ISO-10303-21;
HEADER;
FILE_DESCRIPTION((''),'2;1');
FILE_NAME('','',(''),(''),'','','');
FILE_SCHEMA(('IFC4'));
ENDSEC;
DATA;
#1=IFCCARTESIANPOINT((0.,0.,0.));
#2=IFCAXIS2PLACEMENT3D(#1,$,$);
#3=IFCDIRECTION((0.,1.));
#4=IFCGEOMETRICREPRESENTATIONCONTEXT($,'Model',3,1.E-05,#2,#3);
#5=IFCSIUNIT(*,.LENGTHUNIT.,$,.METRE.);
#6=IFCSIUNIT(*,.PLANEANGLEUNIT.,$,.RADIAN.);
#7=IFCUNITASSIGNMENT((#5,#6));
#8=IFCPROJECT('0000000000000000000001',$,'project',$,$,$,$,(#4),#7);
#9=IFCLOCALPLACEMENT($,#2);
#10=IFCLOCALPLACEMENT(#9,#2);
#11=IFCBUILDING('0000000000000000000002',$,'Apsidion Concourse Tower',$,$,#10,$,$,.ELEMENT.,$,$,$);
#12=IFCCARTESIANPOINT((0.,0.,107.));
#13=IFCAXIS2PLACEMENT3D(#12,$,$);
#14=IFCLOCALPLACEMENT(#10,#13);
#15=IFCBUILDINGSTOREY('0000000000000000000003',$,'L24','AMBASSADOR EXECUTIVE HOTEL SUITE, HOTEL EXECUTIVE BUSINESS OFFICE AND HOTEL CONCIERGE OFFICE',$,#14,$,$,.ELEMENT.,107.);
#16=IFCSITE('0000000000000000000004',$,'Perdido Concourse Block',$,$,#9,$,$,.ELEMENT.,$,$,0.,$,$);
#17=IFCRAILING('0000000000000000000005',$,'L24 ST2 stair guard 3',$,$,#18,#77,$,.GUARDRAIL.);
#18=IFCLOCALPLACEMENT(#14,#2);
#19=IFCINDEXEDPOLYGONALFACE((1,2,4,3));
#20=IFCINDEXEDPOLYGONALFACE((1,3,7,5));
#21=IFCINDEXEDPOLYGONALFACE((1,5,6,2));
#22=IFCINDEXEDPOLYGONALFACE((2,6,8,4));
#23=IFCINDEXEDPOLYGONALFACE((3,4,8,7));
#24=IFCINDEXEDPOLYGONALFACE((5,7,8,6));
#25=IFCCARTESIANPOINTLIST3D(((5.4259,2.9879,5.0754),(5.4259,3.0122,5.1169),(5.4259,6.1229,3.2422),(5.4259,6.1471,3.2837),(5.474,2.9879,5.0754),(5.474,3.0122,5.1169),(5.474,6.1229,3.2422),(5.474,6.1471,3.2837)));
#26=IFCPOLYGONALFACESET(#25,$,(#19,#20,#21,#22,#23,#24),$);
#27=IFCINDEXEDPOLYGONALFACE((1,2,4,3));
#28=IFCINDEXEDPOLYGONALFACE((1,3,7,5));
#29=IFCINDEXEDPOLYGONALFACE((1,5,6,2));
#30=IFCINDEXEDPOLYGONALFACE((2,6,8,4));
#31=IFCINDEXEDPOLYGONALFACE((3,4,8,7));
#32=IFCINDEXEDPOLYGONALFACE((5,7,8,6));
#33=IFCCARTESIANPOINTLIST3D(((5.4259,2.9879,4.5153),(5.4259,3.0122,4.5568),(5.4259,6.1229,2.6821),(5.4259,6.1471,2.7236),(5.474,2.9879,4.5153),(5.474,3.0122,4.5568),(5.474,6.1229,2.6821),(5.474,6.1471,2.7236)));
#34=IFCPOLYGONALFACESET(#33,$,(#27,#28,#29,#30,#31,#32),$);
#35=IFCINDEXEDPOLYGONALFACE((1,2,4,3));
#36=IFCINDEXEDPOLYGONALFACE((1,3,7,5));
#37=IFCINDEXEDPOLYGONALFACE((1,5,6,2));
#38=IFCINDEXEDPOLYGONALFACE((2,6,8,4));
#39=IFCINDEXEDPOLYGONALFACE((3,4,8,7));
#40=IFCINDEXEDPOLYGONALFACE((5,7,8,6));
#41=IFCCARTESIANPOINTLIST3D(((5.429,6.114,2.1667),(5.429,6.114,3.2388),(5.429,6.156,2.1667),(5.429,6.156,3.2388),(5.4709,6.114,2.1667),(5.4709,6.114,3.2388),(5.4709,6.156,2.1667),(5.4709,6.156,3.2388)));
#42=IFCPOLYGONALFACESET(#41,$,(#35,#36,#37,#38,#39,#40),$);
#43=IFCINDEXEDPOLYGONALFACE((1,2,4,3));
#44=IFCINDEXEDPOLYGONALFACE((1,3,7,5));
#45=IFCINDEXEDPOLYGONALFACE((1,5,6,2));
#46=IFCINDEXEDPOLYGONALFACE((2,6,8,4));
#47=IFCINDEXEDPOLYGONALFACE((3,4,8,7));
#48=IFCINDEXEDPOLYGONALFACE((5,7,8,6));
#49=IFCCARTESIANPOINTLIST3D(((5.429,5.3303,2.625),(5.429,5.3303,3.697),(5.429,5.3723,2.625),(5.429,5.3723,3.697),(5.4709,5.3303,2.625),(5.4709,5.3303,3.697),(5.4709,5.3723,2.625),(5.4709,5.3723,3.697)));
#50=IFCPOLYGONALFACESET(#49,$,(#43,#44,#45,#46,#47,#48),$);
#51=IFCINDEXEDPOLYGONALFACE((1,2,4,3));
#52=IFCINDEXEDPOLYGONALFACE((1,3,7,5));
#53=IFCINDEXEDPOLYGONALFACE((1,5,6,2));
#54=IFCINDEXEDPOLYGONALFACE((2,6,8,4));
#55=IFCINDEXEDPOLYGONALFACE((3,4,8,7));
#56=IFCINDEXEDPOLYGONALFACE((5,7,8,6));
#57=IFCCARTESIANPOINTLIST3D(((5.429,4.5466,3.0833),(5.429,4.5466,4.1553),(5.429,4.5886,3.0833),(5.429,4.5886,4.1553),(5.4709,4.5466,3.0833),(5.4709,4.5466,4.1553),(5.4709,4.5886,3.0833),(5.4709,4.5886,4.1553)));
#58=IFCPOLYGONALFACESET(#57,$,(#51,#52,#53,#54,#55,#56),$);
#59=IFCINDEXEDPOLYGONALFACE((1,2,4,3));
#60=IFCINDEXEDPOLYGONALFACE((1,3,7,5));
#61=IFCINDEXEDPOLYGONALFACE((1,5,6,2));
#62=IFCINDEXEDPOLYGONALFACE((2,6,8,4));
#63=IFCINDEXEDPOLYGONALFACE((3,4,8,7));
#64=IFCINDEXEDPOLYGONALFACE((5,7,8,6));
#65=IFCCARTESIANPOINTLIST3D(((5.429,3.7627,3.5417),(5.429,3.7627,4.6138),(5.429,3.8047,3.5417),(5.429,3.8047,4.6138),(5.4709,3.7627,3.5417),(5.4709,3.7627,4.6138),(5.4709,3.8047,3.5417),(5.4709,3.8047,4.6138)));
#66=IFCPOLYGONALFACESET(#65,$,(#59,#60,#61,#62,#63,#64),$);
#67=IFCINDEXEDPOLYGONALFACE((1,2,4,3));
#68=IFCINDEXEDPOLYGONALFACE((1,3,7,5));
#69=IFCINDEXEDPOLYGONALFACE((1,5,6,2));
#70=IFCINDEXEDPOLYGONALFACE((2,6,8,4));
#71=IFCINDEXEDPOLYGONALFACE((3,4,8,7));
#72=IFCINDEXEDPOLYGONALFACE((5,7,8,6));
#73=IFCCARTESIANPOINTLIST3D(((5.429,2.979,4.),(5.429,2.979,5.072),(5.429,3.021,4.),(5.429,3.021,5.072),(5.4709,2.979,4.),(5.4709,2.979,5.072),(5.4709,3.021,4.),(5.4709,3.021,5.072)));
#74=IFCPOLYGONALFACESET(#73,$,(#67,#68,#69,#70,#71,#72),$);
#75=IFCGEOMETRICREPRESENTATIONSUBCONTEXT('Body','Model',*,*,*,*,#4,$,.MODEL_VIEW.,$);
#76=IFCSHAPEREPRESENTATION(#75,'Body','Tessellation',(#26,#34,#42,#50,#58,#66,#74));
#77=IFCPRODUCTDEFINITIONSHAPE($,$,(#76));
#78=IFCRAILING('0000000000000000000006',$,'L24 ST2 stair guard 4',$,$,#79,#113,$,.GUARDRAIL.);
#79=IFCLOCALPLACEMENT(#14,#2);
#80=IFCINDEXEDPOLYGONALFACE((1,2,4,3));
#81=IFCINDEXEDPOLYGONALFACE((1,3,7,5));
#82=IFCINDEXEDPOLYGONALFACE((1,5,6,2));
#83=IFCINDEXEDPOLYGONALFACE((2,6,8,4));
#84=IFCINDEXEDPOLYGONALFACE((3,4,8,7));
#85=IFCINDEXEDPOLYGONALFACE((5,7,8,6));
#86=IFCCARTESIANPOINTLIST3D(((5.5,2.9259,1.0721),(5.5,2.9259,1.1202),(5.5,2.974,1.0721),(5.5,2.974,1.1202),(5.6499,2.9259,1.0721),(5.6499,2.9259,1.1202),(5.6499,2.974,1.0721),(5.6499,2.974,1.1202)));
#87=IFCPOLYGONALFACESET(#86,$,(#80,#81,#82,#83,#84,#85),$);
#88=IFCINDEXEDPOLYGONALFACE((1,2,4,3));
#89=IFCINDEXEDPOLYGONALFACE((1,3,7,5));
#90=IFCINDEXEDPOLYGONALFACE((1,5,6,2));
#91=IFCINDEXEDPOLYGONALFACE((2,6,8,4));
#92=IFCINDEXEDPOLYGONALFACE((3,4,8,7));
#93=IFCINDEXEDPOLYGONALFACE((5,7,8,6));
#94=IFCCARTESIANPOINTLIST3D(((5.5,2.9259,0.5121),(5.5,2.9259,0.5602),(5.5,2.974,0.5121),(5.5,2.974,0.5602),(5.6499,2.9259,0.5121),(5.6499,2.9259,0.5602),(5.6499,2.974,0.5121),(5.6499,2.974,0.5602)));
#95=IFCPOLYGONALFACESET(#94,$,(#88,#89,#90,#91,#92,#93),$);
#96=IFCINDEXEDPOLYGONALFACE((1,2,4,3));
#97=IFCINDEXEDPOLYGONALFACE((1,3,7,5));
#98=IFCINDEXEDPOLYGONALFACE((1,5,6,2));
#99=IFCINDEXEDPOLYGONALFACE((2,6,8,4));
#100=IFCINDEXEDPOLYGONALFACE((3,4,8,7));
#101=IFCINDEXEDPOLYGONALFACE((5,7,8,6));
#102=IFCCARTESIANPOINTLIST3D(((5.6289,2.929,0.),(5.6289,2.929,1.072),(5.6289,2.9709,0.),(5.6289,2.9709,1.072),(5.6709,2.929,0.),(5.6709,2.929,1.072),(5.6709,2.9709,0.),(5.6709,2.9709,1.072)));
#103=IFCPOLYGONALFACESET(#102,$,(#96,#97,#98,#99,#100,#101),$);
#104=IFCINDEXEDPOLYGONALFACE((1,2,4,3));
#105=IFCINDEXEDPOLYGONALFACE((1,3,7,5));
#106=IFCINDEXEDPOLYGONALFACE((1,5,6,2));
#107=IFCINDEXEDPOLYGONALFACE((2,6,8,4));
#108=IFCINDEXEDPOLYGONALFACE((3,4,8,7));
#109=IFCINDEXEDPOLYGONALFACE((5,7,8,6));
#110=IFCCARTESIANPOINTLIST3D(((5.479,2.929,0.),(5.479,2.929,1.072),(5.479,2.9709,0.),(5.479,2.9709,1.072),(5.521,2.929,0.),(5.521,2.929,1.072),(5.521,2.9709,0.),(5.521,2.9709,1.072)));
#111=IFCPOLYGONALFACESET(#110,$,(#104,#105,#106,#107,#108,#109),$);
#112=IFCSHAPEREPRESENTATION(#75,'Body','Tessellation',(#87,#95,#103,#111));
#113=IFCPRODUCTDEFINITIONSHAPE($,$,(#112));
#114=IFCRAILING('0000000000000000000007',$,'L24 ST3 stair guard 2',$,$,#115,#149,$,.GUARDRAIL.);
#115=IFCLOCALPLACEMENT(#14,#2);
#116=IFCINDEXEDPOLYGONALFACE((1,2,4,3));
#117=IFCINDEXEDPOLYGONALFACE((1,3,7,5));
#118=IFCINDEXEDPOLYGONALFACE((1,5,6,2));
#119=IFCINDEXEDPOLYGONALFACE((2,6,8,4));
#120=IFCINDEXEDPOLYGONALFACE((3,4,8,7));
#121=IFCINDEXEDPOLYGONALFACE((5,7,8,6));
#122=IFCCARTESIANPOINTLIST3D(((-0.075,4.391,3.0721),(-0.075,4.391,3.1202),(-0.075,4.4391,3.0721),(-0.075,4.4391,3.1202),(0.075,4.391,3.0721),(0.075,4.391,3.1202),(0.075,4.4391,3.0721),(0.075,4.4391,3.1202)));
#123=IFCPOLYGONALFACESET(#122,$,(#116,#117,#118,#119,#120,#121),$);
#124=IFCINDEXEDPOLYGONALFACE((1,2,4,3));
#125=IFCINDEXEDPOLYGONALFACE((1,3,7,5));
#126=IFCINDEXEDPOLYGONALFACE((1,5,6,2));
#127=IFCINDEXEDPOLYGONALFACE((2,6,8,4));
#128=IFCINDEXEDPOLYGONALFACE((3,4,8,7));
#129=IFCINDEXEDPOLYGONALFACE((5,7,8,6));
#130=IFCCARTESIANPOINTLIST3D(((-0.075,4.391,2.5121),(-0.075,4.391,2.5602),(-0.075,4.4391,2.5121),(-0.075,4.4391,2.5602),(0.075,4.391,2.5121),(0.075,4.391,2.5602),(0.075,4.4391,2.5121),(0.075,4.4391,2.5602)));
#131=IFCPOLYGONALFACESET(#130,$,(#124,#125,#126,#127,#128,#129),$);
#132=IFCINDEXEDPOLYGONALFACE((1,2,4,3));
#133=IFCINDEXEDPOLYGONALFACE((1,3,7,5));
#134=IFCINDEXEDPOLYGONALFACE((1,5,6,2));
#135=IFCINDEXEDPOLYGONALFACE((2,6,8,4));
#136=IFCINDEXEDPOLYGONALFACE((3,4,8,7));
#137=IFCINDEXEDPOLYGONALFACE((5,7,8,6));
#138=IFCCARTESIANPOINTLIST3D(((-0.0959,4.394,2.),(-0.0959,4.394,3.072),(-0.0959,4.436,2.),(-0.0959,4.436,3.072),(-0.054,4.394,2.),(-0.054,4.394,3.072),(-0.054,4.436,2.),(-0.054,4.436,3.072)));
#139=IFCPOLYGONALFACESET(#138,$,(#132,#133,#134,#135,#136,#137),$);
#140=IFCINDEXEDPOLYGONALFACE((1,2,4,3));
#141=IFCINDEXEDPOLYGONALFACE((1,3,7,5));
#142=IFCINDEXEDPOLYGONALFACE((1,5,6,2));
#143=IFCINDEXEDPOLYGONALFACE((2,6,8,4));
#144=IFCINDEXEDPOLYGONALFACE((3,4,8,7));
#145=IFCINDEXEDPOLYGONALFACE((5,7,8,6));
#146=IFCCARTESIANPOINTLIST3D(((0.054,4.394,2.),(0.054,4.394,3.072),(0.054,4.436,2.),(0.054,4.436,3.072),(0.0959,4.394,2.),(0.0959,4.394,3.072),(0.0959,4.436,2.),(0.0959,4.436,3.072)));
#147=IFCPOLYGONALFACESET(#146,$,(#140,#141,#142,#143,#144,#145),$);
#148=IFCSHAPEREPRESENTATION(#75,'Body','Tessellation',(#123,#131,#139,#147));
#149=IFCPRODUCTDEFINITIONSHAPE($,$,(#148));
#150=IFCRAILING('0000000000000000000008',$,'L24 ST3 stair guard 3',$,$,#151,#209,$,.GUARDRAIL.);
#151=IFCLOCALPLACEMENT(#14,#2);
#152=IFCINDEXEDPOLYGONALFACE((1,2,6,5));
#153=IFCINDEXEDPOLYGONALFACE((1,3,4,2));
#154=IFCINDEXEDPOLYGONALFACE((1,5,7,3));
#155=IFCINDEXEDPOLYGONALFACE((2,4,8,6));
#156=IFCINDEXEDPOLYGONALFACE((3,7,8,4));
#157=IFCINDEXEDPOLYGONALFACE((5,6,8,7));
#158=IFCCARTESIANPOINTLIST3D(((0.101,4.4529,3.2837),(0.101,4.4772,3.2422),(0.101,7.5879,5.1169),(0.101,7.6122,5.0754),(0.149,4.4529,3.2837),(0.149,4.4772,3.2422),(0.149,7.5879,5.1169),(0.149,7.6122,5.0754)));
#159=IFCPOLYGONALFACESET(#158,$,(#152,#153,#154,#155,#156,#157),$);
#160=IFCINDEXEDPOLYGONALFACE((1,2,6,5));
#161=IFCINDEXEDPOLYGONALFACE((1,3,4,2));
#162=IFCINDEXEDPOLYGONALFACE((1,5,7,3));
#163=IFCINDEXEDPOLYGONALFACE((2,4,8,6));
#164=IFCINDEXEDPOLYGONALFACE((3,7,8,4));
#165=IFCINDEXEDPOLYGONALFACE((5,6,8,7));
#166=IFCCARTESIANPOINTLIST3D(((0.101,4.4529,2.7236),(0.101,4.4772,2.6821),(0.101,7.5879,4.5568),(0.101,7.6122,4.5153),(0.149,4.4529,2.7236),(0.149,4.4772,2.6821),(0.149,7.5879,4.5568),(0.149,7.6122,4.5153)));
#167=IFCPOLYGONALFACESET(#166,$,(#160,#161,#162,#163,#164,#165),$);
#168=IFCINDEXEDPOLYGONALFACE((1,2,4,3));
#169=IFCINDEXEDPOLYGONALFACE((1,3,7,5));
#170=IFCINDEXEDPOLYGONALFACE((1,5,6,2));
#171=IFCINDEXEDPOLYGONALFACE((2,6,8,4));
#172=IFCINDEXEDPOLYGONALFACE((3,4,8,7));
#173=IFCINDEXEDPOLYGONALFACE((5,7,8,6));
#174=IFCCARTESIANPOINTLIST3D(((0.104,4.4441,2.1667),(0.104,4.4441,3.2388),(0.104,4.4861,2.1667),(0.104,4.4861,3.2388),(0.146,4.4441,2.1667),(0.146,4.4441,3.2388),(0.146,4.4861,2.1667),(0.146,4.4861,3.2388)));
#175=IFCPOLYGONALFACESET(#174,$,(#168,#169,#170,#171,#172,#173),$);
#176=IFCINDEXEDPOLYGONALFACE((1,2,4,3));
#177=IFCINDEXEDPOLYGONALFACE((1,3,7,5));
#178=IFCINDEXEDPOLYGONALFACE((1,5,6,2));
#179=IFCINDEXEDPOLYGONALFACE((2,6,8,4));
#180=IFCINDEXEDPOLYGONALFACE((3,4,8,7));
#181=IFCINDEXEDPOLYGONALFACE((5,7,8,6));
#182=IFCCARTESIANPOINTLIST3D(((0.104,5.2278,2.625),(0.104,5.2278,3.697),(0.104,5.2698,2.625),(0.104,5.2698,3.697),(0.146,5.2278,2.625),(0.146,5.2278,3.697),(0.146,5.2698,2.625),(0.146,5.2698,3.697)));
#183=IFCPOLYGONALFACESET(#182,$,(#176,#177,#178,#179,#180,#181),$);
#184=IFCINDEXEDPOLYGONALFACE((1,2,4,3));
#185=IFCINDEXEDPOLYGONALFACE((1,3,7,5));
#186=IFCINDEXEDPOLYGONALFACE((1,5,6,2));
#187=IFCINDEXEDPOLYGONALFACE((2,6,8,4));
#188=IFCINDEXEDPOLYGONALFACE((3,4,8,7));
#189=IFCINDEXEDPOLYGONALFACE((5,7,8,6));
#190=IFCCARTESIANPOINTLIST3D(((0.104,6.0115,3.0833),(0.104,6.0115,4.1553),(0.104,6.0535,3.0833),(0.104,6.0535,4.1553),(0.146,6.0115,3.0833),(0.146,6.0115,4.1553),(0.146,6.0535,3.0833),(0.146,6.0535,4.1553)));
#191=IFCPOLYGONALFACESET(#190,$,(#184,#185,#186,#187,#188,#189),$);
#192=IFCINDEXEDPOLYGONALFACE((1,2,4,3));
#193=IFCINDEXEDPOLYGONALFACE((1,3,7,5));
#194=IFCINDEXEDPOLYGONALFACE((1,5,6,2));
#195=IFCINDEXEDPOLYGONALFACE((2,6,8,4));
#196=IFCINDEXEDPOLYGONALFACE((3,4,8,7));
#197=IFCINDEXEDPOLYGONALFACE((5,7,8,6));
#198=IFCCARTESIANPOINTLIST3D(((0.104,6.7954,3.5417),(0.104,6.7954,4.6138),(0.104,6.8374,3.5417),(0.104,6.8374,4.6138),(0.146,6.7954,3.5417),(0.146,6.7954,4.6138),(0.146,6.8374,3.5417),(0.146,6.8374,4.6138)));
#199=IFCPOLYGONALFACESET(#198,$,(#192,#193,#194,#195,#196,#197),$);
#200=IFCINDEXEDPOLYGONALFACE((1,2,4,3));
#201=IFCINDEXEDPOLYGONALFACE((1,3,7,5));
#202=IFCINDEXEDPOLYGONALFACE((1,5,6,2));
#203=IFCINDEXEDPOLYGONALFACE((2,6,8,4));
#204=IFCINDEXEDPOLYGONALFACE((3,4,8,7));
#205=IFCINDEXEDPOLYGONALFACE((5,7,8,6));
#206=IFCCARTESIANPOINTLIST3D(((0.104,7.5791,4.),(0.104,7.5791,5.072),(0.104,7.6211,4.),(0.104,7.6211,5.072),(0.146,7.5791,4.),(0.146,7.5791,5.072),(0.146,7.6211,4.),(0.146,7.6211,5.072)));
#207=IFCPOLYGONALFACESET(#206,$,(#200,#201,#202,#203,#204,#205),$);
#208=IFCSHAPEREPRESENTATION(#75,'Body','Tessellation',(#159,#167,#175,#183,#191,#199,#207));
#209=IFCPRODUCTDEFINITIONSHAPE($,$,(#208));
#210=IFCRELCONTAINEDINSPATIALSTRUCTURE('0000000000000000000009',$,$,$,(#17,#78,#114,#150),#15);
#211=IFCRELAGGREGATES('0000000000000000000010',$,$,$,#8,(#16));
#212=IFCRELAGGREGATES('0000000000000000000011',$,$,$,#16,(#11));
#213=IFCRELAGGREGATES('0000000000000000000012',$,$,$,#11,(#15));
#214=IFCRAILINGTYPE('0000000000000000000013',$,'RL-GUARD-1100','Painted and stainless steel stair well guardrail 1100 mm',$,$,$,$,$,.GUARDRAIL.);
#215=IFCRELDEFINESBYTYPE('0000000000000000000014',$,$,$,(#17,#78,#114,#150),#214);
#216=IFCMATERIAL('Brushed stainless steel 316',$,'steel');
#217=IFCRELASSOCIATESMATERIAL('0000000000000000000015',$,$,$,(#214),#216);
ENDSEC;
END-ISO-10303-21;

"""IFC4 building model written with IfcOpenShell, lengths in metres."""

from ifc_helpers import new_model, si_unit, direction, frame, origin, origin_2d, place, context, subcontext, project, spatial, rectangle, extrude, material, type_object, element, save


model = new_model("IFC4")

# Units and contexts
model_context = context("Model", 3, precision=1e-05, world=origin(), true_north=direction((0.0, 1.0)))
body_context = subcontext(model_context, "Body", "Model", "MODEL_VIEW")
ifc_project = project(units=[si_unit("LENGTHUNIT", "METRE"), si_unit("PLANEANGLEUNIT", "RADIAN")], contexts=[model_context])

# Site, building, storey
site_placement = place(None, origin())
site = spatial("IfcSite", under=ifc_project, at=site_placement, Name="Perdido Concourse Block", CompositionType="ELEMENT", RefElevation=0.0)
building_placement = place(site_placement, origin())
building = spatial("IfcBuilding", under=site, at=building_placement, Name="Apsidion Concourse Tower", CompositionType="ELEMENT")
storey_placement = place(building_placement, frame((0.0, 0.0, 107.0)))
storey = spatial("IfcBuildingStorey", under=building, at=storey_placement, Name="L24", Description="AMBASSADOR EXECUTIVE HOTEL SUITE, HOTEL EXECUTIVE BUSINESS OFFICE AND HOTEL CONCIERGE OFFICE", CompositionType="ELEMENT", Elevation=107.0)

# Railings
ifc_material_1 = material(Name="Brushed stainless steel 316", Category="steel")
railing_type_1 = type_object("IfcRailingType", Name="RL-GUARD-1100", Description="Painted and stainless steel stair well guardrail 1100 mm", PredefinedType="GUARDRAIL", material=ifc_material_1)
railing_1_placement = place(storey_placement, frame((5.45, 6.135, 2.1667)))
element("IfcRailing", 1, at=railing_1_placement, inside=storey, type_object=railing_type_1, Name="L24 ST2 stair guard 3", PredefinedType="GUARDRAIL", context=body_context, shape_type="SweptSolid", body=[
    extrude(rectangle(XDim=0.0481, YDim=0.0481, at=origin_2d()), frame((0.0, 0.0, 1.0962), z_axis=(0.0, -0.86324, 0.504794), x_axis=(1.0, 0.0, 0.0)), (0.0, 0.0, 1.0), 3.6316),
    extrude(rectangle(XDim=0.0481, YDim=0.0481, at=origin_2d()), frame((0.0, 0.0, 0.5361), z_axis=(0.0, -0.86324, 0.504794), x_axis=(1.0, 0.0, 0.0)), (0.0, 0.0, 1.0), 3.6316),
    extrude(rectangle(XDim=0.042, YDim=0.042, at=origin_2d()), origin(), (0.0, 0.0, 1.0), 1.072),
    extrude(rectangle(XDim=0.042, YDim=0.042, at=origin_2d()), frame((0.0, -0.7837, 0.4583)), (0.0, 0.0, 1.0), 1.072),
    extrude(rectangle(XDim=0.042, YDim=0.042, at=origin_2d()), frame((0.0, -1.5674, 0.9165)), (0.0, 0.0, 1.0), 1.072),
    extrude(rectangle(XDim=0.042, YDim=0.042, at=origin_2d()), frame((0.0, -2.3513, 1.375)), (0.0, 0.0, 1.0), 1.072),
    extrude(rectangle(XDim=0.042, YDim=0.042, at=origin_2d()), frame((0.0, -3.135, 1.8333)), (0.0, 0.0, 1.0), 1.072),
])
railing_2_placement = place(storey_placement, frame((5.6499, 2.95, 0.0)))
element("IfcRailing", 2, at=railing_2_placement, inside=storey, type_object=railing_type_1, Name="L24 ST2 stair guard 4", PredefinedType="GUARDRAIL", context=body_context, shape_type="SweptSolid", body=[
    extrude(rectangle(XDim=0.0481, YDim=0.0481, at=origin_2d()), frame((0.0, 0.0, 1.0962), z_axis=(-1.0, 0.0, 0.0), x_axis=(0.0, -1.0, 0.0)), (0.0, 0.0, 1.0), 0.1499),
    extrude(rectangle(XDim=0.0481, YDim=0.0481, at=origin_2d()), frame((0.0, 0.0, 0.5361), z_axis=(-1.0, 0.0, 0.0), x_axis=(0.0, -1.0, 0.0)), (0.0, 0.0, 1.0), 0.1499),
    extrude(rectangle(XDim=0.042, YDim=0.042, at=origin_2d()), origin(), (0.0, 0.0, 1.0), 1.072),
    extrude(rectangle(XDim=0.042, YDim=0.042, at=origin_2d()), frame((-0.1499, 0.0, 0.0)), (0.0, 0.0, 1.0), 1.072),
])
railing_3_placement = place(storey_placement, frame((-0.075, 4.415, 2.0)))
element("IfcRailing", 3, at=railing_3_placement, inside=storey, type_object=railing_type_1, Name="L24 ST3 stair guard 2", PredefinedType="GUARDRAIL", context=body_context, shape_type="SweptSolid", body=[
    extrude(rectangle(XDim=0.0481, YDim=0.0481, at=origin_2d()), frame((0.0, 0.0, 1.0962), z_axis=(1.0, 0.0, 0.0), x_axis=(0.0, 1.0, 0.0)), (0.0, 0.0, 1.0), 0.1499),
    extrude(rectangle(XDim=0.0481, YDim=0.0481, at=origin_2d()), frame((0.0, 0.0, 0.5361), z_axis=(1.0, 0.0, 0.0), x_axis=(0.0, 1.0, 0.0)), (0.0, 0.0, 1.0), 0.1499),
    extrude(rectangle(XDim=0.042, YDim=0.042, at=origin_2d()), origin(), (0.0, 0.0, 1.0), 1.072),
    extrude(rectangle(XDim=0.042, YDim=0.042, at=origin_2d()), frame((0.1499, 0.0, 0.0)), (0.0, 0.0, 1.0), 1.072),
])
railing_4_placement = place(storey_placement, frame((0.125, 4.4651, 2.1667)))
element("IfcRailing", 4, at=railing_4_placement, inside=storey, type_object=railing_type_1, Name="L24 ST3 stair guard 3", PredefinedType="GUARDRAIL", context=body_context, shape_type="SweptSolid", body=[
    extrude(rectangle(XDim=0.0481, YDim=0.0481, at=origin_2d()), frame((0.0, 0.0, 1.0962), z_axis=(0.0, 0.86324, 0.504794), x_axis=(-1.0, 0.0, 0.0)), (0.0, 0.0, 1.0), 3.6316),
    extrude(rectangle(XDim=0.0481, YDim=0.0481, at=origin_2d()), frame((0.0, 0.0, 0.5361), z_axis=(0.0, 0.86324, 0.504794), x_axis=(-1.0, 0.0, 0.0)), (0.0, 0.0, 1.0), 3.6316),
    extrude(rectangle(XDim=0.042, YDim=0.042, at=origin_2d()), origin(), (0.0, 0.0, 1.0), 1.072),
    extrude(rectangle(XDim=0.042, YDim=0.042, at=origin_2d()), frame((0.0, 0.7837, 0.4583)), (0.0, 0.0, 1.0), 1.072),
    extrude(rectangle(XDim=0.042, YDim=0.042, at=origin_2d()), frame((0.0, 1.5674, 0.9165)), (0.0, 0.0, 1.0), 1.072),
    extrude(rectangle(XDim=0.042, YDim=0.042, at=origin_2d()), frame((0.0, 2.3513, 1.375)), (0.0, 0.0, 1.0), 1.072),
    extrude(rectangle(XDim=0.042, YDim=0.042, at=origin_2d()), frame((0.0, 3.135, 1.8333)), (0.0, 0.0, 1.0), 1.072),
])

save(model, "model.ifc")
